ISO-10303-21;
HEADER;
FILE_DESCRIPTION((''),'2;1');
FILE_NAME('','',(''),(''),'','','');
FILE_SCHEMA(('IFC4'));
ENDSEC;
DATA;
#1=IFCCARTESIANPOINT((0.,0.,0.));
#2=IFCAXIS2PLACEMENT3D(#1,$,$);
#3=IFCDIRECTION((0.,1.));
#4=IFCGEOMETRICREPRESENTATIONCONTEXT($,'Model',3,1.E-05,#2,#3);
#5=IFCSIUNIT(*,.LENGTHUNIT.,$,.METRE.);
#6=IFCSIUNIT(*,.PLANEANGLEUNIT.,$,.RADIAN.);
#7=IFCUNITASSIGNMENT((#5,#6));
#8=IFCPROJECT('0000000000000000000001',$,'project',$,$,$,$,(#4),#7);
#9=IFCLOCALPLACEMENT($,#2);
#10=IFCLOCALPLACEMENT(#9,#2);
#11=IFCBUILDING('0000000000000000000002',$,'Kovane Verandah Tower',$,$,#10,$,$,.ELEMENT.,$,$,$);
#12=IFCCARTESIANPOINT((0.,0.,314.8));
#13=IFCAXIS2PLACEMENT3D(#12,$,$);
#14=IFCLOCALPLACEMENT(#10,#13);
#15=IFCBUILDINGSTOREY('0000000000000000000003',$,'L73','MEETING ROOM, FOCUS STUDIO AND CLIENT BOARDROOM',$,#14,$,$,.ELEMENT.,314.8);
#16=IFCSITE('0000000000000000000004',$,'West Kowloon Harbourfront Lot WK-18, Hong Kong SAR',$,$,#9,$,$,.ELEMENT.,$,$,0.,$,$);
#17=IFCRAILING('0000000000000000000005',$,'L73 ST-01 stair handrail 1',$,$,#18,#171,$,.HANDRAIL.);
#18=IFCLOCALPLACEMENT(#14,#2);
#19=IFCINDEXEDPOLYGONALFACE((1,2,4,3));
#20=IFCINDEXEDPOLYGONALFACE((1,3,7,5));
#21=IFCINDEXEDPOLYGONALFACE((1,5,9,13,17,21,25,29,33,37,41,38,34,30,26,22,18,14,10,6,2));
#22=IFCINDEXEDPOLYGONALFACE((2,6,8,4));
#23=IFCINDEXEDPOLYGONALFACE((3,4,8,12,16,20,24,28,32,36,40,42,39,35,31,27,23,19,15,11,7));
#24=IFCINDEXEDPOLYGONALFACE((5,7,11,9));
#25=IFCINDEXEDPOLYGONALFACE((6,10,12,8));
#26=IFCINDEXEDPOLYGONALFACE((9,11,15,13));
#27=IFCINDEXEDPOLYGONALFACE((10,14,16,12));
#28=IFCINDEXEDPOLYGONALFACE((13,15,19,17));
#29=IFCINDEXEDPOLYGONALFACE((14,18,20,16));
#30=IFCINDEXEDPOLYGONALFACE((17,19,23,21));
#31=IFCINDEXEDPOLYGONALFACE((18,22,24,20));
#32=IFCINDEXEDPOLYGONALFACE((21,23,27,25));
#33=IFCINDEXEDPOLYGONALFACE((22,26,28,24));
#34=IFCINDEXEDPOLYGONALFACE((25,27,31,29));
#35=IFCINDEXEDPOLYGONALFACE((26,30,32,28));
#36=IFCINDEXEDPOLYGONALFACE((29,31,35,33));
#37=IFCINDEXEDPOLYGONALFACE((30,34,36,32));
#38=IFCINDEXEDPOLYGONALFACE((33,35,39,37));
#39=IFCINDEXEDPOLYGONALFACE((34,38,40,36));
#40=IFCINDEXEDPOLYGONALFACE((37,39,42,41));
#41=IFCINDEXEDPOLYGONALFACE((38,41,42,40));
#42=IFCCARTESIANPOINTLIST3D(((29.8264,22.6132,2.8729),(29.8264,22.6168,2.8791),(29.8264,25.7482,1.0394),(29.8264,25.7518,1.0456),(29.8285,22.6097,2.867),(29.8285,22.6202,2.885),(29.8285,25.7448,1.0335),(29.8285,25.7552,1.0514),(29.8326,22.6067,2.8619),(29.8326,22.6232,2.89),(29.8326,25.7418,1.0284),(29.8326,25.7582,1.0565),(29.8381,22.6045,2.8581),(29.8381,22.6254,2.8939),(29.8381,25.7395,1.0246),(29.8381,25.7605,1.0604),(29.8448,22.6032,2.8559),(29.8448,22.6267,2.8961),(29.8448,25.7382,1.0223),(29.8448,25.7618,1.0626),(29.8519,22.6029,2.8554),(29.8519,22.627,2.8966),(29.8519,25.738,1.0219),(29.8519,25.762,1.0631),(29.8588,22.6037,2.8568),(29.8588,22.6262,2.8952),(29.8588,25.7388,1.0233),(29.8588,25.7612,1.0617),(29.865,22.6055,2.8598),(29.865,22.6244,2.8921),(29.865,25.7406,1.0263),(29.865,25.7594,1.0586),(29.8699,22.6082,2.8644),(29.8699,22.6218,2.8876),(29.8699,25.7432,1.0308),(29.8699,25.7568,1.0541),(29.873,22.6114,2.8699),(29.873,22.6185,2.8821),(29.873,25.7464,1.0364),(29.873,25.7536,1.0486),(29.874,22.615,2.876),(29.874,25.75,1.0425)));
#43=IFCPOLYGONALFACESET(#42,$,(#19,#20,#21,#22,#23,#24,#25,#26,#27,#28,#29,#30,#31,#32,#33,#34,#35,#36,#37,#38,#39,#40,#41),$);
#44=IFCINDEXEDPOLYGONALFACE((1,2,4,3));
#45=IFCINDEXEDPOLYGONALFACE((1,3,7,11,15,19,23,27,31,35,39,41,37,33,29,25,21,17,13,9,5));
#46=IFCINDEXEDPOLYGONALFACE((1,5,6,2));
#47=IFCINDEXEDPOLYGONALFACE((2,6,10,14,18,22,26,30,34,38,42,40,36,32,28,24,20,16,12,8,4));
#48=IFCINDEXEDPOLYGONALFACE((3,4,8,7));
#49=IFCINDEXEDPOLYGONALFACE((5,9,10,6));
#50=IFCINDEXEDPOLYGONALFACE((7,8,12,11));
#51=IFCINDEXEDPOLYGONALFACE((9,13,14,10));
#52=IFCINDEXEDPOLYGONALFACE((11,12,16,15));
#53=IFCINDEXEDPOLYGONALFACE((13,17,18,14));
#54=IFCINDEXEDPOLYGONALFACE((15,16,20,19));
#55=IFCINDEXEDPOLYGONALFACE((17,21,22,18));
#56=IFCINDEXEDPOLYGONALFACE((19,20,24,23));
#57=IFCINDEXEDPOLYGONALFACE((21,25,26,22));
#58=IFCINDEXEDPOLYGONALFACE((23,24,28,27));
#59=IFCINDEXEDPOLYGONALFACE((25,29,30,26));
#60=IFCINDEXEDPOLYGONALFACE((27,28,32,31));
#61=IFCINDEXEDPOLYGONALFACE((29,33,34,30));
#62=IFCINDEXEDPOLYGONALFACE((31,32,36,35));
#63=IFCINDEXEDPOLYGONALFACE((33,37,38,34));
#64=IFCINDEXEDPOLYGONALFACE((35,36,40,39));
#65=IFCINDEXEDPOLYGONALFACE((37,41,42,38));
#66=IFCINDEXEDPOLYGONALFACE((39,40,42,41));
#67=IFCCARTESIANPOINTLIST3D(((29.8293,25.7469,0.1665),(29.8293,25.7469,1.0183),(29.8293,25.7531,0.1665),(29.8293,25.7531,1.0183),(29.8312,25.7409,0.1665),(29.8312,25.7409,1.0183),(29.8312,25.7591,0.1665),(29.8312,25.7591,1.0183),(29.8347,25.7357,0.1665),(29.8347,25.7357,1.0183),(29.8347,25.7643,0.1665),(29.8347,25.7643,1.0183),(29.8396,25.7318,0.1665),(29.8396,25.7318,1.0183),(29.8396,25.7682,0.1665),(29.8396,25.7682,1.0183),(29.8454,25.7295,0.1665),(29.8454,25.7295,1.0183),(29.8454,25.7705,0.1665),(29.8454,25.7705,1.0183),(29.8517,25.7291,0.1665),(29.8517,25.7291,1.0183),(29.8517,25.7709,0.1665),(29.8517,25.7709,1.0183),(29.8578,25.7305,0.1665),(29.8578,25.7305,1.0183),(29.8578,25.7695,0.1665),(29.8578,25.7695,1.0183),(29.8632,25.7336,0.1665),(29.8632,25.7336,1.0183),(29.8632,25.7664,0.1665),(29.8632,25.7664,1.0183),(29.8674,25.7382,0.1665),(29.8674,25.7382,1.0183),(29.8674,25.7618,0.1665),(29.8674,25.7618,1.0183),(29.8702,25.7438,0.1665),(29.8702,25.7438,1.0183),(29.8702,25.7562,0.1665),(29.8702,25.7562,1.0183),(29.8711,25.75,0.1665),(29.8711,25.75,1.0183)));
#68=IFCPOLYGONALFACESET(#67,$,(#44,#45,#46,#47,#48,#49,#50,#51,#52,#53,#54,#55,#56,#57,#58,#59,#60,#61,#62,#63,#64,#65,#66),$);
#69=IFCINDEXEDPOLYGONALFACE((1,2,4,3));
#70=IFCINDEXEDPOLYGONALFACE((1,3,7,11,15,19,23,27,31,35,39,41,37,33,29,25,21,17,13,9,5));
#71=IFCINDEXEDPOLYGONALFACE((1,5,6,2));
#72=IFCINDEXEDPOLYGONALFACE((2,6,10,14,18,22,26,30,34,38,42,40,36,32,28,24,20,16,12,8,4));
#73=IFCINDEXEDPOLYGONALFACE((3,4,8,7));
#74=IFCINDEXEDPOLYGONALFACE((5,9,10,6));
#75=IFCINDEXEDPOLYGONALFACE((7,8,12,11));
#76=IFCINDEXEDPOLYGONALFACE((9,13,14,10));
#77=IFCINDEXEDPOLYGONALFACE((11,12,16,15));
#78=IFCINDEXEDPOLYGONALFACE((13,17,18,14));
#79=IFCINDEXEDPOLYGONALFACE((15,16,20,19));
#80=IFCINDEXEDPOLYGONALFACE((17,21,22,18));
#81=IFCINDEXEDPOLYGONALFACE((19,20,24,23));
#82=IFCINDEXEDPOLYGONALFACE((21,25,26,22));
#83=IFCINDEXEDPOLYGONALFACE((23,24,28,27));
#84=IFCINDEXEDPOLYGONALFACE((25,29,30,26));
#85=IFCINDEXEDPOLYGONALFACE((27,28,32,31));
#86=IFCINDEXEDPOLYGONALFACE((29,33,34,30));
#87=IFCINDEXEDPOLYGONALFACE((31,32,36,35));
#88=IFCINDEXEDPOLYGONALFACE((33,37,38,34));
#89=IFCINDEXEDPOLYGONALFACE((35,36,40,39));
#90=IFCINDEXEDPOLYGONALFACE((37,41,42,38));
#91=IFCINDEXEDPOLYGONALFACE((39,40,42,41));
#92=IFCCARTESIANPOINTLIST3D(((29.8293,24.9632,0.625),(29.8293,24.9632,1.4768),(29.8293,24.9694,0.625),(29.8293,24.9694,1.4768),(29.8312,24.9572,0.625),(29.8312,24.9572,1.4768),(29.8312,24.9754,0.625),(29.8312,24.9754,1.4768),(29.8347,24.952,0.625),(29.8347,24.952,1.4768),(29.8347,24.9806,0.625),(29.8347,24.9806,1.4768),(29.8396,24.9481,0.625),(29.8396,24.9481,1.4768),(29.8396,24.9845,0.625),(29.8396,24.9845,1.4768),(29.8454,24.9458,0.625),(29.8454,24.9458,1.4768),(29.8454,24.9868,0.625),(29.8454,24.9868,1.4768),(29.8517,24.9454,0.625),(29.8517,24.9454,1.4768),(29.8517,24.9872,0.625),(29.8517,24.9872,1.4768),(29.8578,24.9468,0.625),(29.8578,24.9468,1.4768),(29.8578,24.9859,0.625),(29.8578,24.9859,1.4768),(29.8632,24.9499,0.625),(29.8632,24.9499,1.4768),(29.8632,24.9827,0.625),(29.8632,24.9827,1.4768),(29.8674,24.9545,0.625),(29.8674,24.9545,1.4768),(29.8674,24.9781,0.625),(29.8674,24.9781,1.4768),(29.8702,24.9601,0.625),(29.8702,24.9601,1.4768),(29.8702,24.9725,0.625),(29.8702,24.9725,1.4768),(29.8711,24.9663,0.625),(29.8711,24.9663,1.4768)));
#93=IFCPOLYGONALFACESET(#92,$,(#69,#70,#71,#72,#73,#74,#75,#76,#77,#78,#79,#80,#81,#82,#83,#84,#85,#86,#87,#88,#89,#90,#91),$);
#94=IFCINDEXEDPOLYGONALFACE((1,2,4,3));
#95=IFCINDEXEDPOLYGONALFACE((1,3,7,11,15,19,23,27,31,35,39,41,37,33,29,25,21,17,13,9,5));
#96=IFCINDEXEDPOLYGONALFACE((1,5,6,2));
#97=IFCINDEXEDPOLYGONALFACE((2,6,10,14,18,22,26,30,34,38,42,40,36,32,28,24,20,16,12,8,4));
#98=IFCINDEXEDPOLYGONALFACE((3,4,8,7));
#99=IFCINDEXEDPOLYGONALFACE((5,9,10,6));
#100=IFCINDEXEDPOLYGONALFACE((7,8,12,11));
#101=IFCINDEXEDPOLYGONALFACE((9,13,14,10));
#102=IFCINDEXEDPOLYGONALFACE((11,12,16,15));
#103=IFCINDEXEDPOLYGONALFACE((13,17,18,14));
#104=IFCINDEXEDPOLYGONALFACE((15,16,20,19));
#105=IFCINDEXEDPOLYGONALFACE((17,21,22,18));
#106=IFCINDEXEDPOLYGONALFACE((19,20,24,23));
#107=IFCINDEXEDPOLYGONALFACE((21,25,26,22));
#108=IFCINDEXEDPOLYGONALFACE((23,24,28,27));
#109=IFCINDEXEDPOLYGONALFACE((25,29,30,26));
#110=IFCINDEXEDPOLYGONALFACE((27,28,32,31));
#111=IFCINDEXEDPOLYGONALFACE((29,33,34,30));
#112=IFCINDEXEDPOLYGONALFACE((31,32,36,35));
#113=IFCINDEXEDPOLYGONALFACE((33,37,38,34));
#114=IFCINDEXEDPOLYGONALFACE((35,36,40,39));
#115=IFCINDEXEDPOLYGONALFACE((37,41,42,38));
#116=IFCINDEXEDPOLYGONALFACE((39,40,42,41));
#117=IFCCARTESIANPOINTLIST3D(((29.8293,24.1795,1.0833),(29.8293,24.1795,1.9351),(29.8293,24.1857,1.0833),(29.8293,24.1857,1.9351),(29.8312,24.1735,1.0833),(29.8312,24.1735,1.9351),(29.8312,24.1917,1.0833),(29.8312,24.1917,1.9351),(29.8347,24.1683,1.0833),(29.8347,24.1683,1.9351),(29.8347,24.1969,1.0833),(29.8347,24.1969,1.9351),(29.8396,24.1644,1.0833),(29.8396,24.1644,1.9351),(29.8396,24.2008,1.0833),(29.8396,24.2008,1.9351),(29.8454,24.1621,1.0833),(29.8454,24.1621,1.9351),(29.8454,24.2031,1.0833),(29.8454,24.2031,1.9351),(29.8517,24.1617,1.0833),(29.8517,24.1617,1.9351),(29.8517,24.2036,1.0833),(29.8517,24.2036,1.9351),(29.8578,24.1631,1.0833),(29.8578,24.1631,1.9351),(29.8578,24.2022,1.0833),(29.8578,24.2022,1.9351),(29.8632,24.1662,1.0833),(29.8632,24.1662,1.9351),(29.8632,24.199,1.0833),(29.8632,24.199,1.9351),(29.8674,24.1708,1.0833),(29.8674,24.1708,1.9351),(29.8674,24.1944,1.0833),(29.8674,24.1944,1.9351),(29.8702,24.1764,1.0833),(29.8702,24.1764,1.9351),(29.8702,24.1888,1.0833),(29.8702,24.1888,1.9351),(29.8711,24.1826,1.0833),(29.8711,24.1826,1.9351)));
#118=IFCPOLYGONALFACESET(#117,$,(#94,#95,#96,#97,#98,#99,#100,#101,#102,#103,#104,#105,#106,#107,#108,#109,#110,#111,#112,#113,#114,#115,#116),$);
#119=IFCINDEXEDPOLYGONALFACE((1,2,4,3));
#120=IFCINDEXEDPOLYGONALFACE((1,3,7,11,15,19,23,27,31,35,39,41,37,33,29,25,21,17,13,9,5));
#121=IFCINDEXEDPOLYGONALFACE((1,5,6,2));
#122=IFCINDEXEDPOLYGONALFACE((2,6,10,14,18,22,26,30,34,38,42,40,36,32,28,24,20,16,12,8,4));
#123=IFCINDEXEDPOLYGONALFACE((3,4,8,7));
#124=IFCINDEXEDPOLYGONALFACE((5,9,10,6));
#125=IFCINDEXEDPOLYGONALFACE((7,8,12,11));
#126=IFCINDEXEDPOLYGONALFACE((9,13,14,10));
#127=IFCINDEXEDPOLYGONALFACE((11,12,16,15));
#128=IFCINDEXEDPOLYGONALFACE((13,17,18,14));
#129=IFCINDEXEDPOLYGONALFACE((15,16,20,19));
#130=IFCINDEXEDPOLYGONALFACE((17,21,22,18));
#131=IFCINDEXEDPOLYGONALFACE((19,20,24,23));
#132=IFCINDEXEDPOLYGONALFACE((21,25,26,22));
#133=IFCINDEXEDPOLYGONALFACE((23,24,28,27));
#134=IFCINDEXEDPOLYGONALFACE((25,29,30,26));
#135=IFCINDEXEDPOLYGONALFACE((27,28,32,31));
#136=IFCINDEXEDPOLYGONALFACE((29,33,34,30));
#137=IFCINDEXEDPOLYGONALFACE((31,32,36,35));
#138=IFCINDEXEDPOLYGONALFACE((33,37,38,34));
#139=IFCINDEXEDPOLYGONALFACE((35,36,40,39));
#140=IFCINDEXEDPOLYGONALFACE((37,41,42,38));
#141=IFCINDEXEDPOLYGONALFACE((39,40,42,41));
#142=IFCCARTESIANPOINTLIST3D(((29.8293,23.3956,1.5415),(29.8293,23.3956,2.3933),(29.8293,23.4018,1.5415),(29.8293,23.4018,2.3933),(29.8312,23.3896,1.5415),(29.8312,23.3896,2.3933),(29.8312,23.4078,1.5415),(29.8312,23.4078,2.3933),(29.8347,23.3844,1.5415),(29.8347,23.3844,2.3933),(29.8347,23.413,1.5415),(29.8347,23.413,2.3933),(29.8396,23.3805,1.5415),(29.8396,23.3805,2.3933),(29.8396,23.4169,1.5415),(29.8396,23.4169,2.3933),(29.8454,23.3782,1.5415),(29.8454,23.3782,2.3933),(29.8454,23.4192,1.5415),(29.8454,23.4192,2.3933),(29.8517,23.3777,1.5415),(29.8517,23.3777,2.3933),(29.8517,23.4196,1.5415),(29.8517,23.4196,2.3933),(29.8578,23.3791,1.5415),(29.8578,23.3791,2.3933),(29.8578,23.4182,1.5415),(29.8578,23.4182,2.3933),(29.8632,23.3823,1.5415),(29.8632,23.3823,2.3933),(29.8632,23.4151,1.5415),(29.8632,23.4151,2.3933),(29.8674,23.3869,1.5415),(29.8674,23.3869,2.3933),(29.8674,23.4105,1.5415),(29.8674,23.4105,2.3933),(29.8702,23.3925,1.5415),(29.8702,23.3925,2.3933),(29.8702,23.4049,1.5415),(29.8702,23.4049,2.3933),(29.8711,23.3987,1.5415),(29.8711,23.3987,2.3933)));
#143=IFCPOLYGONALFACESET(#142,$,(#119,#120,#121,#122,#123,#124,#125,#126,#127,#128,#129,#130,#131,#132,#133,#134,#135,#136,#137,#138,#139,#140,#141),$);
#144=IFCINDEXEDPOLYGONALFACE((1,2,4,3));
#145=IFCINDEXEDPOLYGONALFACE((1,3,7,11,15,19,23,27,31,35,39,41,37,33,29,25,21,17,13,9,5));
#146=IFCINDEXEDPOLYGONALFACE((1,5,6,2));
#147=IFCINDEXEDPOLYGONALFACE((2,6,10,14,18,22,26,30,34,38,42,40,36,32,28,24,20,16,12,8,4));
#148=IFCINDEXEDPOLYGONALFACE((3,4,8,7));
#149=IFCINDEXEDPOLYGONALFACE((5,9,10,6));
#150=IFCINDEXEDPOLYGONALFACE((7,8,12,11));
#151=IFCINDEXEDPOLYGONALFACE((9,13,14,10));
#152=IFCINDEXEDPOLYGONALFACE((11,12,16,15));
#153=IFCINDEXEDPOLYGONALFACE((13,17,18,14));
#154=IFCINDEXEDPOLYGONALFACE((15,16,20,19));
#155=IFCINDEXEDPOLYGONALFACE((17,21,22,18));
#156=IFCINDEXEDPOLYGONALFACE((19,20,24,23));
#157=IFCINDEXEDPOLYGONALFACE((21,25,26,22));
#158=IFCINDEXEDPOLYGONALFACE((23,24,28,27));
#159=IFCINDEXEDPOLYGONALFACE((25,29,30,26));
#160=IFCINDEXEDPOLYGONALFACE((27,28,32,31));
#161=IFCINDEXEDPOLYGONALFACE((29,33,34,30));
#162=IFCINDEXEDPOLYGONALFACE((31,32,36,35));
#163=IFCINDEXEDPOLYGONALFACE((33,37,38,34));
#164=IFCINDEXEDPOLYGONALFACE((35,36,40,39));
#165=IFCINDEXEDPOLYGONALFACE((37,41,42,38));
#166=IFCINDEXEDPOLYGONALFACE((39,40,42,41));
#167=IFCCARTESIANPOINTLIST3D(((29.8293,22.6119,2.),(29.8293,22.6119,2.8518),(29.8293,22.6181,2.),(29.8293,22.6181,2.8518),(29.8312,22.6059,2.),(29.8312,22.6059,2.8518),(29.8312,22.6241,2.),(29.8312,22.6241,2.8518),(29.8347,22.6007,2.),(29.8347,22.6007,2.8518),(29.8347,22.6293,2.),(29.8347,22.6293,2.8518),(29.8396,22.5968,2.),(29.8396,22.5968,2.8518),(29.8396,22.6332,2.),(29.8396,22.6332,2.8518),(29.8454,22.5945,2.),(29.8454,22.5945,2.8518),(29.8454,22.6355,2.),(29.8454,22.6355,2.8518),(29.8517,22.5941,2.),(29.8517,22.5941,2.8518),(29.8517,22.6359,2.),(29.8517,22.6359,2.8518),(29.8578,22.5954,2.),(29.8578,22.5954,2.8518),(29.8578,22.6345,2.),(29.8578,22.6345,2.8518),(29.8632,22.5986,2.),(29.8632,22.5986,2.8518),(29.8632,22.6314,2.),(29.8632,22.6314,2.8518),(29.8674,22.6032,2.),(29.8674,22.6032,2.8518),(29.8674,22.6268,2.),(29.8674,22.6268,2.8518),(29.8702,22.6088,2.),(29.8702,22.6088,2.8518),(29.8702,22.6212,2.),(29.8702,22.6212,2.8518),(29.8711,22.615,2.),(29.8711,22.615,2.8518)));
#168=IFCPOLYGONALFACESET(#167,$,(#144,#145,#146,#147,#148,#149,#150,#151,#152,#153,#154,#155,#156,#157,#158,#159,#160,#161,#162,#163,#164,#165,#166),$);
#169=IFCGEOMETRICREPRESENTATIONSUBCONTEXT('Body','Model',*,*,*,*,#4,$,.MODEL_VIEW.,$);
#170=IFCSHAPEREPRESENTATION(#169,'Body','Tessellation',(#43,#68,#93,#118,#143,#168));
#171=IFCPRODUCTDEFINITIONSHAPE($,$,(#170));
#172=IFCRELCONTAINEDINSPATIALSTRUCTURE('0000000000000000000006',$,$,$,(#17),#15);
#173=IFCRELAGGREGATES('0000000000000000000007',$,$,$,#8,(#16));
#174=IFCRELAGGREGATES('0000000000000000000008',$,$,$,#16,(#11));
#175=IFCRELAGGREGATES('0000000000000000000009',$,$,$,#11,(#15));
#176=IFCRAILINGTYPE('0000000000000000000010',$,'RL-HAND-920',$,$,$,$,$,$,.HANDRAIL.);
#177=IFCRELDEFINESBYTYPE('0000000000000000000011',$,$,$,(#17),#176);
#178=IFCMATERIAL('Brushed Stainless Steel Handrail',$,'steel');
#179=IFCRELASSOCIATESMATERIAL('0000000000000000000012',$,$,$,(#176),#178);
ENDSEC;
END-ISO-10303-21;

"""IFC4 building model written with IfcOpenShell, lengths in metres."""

from ifc_helpers import new_model, si_unit, direction, frame, origin, origin_2d, place, context, subcontext, project, spatial, circle, extrude, material, type_object, element, save


model = new_model("IFC4")

# Units and contexts
model_context = context("Model", 3, precision=1e-05, world=origin(), true_north=direction((0.0, 1.0)))
body_context = subcontext(model_context, "Body", "Model", "MODEL_VIEW")
ifc_project = project(units=[si_unit("LENGTHUNIT", "METRE"), si_unit("PLANEANGLEUNIT", "RADIAN")], contexts=[model_context])

# Site, building, storey
site_placement = place(None, origin())
site = spatial("IfcSite", under=ifc_project, at=site_placement, Name="West Kowloon Harbourfront Lot WK-18, Hong Kong SAR", CompositionType="ELEMENT", RefElevation=0.0)
building_placement = place(site_placement, origin())
building = spatial("IfcBuilding", under=site, at=building_placement, Name="Kovane Verandah Tower", CompositionType="ELEMENT")
storey_placement = place(building_placement, frame((0.0, 0.0, 314.8)))
storey = spatial("IfcBuildingStorey", under=building, at=storey_placement, Name="L73", Description="MEETING ROOM, FOCUS STUDIO AND CLIENT BOARDROOM", CompositionType="ELEMENT", Elevation=314.8)

# Railing
ifc_material_1 = material(Name="Brushed Stainless Steel Handrail", Category="steel")
railing_type_1 = type_object("IfcRailingType", Name="RL-HAND-920", PredefinedType="HANDRAIL", material=ifc_material_1)
railing_1_placement = place(storey_placement, frame((29.8501, 25.75, 0.1665)))
element("IfcRailing", 1, at=railing_1_placement, inside=storey, type_object=railing_type_1, Name="L73 ST-01 stair handrail 1", PredefinedType="HANDRAIL", context=body_context, shape_type="SweptSolid", body=[
    extrude(circle(Radius=0.0239, at=origin_2d()), frame((0.0, 0.0, 0.876), z_axis=(0.0, -0.86321, 0.504845), x_axis=(1.0, 0.0, 0.0)), (0.0, 0.0, 1.0), 3.6318),
    extrude(circle(Radius=0.021, at=origin_2d()), origin(), (0.0, 0.0, 1.0), 0.8518),
    extrude(circle(Radius=0.021, at=origin_2d()), frame((0.0, -0.7837, 0.4585)), (0.0, 0.0, 1.0), 0.8518),
    extrude(circle(Radius=0.021, at=origin_2d()), frame((0.0, -1.5674, 0.9167)), (0.0, 0.0, 1.0), 0.8518),
    extrude(circle(Radius=0.021, at=origin_2d()), frame((0.0, -2.3513, 1.375)), (0.0, 0.0, 1.0), 0.8518),
    extrude(circle(Radius=0.021, at=origin_2d()), frame((0.0, -3.135, 1.8335)), (0.0, 0.0, 1.0), 0.8518),
])

save(model, "model.ifc")
